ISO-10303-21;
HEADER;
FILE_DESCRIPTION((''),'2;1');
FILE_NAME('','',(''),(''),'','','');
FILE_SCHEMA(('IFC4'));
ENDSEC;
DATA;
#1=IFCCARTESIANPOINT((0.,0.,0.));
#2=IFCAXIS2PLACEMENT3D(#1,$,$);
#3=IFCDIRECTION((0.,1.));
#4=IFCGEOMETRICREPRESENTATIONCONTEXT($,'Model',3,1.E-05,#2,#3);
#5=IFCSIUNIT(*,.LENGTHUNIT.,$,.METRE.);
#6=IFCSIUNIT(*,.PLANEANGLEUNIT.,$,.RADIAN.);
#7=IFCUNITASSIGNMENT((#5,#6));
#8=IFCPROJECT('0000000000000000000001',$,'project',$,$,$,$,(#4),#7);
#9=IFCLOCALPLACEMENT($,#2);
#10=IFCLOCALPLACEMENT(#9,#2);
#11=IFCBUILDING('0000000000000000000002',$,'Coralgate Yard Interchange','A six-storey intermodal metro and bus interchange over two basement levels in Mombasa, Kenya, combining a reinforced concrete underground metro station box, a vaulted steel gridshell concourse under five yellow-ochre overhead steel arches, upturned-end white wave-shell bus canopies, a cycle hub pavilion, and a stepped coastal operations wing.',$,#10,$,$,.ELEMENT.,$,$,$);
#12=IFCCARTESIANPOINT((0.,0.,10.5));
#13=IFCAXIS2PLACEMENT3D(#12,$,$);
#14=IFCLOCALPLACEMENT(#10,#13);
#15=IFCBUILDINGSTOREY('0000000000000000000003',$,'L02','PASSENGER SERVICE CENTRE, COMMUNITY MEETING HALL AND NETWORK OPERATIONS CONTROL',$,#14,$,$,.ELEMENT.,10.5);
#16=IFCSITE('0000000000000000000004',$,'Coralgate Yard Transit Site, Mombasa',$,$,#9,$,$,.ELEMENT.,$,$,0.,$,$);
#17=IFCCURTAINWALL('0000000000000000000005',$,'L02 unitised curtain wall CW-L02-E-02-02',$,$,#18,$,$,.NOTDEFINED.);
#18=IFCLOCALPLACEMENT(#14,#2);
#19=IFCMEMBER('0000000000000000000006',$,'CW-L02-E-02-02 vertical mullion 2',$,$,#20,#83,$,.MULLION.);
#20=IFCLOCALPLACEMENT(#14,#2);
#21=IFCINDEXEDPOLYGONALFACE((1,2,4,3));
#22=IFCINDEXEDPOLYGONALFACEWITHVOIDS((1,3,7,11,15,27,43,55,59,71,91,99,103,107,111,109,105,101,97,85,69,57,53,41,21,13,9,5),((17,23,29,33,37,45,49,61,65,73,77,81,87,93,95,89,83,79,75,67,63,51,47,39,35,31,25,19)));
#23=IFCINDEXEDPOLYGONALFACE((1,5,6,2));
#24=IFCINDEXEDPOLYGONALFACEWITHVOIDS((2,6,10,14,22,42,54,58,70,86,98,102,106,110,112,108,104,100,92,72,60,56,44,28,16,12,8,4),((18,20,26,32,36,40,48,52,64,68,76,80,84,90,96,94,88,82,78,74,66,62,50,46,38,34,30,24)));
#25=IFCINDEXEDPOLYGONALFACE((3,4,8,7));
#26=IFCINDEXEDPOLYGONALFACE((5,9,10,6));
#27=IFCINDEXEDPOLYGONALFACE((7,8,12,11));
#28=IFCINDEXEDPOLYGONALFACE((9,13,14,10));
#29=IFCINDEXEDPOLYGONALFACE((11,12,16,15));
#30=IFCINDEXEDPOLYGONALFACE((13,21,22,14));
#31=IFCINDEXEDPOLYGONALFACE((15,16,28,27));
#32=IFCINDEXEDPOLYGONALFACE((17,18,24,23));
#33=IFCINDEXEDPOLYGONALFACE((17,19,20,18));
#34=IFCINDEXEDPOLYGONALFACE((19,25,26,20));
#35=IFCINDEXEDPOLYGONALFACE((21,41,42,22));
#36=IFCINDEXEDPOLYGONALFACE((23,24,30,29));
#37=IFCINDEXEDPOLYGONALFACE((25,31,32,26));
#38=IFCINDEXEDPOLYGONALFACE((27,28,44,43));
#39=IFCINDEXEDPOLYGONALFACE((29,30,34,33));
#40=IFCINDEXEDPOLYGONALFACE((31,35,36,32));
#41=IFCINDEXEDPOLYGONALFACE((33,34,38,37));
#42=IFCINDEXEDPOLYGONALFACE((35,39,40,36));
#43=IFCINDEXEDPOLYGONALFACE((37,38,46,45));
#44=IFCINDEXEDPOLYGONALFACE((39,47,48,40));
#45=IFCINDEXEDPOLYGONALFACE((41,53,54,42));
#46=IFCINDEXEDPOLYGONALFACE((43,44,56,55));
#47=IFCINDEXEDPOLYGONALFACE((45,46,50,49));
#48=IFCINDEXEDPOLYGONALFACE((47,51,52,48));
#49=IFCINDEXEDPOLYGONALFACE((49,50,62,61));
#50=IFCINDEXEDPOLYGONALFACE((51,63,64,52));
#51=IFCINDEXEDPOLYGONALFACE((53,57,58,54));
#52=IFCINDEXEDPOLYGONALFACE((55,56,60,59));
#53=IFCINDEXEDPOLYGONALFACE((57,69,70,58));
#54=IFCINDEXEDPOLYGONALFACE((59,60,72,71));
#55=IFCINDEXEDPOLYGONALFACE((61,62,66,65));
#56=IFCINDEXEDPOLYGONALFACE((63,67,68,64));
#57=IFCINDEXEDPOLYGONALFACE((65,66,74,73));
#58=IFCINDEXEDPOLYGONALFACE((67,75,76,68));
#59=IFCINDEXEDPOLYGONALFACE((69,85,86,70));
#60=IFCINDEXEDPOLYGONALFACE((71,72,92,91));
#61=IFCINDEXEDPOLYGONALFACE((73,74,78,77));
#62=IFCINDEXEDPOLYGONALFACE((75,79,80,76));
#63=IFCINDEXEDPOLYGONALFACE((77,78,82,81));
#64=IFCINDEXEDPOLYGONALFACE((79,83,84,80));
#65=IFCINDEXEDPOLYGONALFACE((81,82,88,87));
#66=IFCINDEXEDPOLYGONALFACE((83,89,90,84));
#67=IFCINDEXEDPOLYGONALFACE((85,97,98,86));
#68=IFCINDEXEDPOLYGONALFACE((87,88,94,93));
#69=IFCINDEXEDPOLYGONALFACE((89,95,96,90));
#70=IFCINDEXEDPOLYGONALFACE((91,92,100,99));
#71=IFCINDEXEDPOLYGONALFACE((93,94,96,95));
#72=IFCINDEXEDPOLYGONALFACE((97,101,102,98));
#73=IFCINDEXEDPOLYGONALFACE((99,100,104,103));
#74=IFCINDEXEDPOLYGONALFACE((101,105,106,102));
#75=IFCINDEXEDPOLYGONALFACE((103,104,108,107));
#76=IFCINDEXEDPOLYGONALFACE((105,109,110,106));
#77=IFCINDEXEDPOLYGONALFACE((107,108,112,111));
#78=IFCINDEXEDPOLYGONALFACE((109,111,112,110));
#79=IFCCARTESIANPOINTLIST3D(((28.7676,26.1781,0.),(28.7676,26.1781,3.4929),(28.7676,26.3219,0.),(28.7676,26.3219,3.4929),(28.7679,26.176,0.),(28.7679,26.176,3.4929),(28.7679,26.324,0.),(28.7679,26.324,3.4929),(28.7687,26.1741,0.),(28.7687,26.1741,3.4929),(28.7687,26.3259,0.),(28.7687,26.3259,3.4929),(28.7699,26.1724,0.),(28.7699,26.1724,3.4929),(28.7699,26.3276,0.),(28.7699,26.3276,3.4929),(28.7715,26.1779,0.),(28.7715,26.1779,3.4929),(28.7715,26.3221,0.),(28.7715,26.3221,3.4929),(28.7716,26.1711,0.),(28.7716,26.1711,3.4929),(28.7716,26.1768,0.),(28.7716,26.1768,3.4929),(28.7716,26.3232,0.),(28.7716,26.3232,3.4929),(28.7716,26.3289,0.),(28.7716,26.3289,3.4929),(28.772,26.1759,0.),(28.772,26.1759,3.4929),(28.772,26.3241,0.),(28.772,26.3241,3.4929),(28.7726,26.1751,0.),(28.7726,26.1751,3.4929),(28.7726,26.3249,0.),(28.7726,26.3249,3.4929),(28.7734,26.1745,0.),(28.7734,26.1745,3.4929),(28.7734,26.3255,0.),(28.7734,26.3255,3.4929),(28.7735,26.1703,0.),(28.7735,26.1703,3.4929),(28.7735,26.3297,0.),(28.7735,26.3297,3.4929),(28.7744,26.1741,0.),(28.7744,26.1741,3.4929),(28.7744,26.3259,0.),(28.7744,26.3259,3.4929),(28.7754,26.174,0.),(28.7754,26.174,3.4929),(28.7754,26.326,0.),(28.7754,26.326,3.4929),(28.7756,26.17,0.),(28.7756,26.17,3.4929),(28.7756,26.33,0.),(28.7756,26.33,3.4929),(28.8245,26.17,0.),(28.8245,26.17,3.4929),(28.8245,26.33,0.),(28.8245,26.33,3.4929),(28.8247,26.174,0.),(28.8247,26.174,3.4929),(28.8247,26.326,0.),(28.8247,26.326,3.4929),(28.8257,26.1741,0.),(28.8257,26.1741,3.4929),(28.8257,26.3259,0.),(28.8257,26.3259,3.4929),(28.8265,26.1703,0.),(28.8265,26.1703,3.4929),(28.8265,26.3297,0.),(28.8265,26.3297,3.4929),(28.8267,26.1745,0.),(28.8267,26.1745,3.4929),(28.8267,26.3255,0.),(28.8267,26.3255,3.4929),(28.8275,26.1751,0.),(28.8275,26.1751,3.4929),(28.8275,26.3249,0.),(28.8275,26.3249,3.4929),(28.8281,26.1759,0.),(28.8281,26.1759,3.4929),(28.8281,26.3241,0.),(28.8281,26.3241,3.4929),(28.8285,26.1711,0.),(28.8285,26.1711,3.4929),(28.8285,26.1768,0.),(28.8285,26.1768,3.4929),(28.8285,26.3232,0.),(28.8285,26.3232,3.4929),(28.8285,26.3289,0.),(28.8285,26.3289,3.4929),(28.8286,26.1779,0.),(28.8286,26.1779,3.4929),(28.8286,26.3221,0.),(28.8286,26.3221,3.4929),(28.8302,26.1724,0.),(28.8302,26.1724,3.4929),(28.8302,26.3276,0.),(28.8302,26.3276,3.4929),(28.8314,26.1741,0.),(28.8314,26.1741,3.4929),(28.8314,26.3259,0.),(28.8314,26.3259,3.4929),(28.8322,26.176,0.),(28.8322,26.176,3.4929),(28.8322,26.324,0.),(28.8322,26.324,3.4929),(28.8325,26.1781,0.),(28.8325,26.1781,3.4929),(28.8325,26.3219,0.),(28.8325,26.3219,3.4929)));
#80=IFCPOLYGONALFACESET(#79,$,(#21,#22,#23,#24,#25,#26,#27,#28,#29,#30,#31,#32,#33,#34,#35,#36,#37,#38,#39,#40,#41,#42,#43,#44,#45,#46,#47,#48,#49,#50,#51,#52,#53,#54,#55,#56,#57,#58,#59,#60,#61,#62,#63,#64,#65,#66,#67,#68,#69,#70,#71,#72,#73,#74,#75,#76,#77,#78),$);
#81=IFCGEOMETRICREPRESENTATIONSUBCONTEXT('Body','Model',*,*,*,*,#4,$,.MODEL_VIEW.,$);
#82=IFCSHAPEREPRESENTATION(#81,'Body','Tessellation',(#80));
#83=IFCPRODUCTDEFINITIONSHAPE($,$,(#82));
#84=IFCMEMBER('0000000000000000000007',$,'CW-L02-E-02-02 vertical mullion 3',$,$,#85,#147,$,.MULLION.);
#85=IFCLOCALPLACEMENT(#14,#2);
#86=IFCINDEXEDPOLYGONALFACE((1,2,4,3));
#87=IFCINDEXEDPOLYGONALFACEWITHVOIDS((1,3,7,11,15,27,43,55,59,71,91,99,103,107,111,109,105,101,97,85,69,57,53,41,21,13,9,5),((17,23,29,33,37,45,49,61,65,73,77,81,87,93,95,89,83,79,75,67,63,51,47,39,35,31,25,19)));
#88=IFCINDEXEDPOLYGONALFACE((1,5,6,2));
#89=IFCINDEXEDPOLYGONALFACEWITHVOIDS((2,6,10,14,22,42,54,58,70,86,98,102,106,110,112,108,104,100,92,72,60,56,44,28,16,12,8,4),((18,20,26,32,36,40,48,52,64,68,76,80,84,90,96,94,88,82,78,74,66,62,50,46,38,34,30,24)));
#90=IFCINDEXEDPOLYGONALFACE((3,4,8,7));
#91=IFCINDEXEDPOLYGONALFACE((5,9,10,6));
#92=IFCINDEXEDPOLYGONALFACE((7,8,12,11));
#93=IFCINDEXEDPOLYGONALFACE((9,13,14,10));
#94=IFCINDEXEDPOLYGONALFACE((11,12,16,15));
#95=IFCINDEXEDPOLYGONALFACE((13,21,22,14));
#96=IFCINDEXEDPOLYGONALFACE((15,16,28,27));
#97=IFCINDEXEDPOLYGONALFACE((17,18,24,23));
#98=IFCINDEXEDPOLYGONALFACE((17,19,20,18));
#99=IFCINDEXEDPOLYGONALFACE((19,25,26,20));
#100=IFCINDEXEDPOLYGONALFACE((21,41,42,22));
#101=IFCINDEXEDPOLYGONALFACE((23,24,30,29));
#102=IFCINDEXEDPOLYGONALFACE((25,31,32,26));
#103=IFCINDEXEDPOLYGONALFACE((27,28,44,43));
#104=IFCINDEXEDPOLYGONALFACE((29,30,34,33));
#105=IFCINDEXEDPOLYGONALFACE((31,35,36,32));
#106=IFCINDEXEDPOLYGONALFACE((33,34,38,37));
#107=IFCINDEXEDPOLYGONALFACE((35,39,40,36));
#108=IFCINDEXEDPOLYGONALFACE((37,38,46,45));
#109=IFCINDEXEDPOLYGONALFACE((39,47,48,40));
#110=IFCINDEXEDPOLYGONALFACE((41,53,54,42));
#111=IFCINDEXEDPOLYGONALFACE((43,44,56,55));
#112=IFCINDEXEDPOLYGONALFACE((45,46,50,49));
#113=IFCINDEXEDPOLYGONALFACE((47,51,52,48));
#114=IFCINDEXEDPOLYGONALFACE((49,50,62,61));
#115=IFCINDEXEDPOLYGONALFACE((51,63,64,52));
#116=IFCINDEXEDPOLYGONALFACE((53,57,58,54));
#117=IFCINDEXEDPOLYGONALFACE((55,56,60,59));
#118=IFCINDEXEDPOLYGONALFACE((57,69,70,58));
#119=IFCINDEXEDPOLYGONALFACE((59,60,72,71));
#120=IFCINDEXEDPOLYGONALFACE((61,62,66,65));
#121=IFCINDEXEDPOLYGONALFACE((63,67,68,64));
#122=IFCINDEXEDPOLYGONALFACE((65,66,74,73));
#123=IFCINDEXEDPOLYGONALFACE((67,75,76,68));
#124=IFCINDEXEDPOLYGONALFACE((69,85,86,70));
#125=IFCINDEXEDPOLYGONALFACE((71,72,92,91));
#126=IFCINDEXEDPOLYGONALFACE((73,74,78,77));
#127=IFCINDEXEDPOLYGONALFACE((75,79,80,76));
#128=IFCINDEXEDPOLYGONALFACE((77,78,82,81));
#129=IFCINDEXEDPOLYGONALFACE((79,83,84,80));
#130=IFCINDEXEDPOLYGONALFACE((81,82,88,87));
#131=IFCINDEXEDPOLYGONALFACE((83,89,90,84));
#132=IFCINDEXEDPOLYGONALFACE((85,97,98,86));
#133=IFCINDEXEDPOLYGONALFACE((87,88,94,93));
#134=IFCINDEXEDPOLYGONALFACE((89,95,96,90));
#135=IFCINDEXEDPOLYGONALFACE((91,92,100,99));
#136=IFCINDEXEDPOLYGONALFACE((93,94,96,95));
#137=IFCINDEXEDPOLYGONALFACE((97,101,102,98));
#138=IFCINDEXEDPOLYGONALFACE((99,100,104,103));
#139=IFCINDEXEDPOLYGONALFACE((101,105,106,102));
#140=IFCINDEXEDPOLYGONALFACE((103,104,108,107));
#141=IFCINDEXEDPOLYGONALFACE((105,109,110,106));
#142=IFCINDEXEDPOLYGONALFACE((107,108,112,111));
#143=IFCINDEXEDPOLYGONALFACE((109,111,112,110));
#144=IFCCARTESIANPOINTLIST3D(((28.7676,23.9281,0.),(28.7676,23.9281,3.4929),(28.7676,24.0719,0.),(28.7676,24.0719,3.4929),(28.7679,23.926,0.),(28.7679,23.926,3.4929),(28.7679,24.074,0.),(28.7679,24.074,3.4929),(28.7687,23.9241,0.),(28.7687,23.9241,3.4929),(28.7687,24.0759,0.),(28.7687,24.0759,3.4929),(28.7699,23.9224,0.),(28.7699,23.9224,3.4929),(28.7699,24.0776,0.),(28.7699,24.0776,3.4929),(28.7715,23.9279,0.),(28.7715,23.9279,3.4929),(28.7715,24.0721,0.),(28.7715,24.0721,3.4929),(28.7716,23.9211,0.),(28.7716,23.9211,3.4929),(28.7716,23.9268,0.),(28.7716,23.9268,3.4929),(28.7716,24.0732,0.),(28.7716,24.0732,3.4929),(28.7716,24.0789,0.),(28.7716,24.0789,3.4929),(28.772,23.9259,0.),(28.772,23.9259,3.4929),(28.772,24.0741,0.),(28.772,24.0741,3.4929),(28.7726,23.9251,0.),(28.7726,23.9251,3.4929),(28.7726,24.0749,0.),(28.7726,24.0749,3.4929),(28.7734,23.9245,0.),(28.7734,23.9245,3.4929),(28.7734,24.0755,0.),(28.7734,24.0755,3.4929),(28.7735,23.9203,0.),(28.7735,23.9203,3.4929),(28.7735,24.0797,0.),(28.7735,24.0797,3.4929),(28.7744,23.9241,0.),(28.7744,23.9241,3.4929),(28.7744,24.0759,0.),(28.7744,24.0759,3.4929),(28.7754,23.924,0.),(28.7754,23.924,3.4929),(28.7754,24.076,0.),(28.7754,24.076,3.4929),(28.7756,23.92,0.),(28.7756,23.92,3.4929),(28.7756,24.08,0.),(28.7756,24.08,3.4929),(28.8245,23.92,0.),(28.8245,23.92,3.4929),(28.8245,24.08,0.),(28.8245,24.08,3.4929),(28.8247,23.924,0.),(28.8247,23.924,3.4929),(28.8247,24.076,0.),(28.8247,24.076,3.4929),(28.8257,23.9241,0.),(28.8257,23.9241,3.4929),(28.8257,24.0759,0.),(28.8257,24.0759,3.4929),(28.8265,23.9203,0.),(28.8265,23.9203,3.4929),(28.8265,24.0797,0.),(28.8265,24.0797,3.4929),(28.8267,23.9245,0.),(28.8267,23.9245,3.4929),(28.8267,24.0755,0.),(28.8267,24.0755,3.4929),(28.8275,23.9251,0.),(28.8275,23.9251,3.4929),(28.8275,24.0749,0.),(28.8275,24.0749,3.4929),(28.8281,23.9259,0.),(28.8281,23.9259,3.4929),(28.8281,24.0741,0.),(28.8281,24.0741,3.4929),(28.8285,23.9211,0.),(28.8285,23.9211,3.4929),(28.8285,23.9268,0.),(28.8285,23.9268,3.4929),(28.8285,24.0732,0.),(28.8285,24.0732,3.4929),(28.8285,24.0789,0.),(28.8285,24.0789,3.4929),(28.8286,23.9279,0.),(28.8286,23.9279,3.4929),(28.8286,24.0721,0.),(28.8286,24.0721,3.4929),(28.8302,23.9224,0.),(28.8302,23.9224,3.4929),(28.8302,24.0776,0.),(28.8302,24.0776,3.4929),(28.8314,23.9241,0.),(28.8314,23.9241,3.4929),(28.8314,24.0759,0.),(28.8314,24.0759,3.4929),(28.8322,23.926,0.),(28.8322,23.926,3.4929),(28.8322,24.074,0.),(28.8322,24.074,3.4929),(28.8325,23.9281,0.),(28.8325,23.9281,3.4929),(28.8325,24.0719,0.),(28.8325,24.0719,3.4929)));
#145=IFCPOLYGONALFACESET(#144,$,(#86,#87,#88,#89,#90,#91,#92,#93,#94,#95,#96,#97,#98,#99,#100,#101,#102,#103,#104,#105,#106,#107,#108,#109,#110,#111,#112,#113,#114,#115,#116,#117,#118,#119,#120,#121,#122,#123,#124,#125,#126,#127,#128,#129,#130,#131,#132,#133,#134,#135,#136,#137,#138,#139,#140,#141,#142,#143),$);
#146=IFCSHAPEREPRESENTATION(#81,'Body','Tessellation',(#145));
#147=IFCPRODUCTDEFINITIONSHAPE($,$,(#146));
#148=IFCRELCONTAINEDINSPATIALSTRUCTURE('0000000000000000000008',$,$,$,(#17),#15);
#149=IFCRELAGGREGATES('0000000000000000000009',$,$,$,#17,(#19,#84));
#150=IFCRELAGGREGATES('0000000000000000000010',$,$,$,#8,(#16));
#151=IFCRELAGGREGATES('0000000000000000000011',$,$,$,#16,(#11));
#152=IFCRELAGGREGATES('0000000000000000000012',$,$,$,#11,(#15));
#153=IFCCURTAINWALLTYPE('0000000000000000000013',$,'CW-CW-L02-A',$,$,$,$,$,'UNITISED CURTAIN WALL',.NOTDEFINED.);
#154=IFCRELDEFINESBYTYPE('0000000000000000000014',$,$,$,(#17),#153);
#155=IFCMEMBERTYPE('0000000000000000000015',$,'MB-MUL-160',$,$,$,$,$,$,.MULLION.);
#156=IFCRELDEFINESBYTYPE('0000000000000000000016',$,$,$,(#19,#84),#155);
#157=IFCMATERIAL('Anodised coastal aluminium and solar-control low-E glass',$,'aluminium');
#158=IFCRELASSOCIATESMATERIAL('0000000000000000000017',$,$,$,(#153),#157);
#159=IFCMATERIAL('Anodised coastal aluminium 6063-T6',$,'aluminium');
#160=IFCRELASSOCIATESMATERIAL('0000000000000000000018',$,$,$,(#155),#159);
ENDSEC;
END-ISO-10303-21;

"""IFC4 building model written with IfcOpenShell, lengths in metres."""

from ifc_helpers import new_model, si_unit, direction, frame, origin, origin_2d, place, context, subcontext, project, spatial, hollow_rectangle, extrude, material, material_profile, profile_set, type_object, element, aggregate, save


model = new_model("IFC4")

# Units and contexts
model_context = context("Model", 3, precision=1e-05, world=origin(), true_north=direction((0.0, 1.0)))
body_context = subcontext(model_context, "Body", "Model", "MODEL_VIEW")
ifc_project = project(units=[si_unit("LENGTHUNIT", "METRE"), si_unit("PLANEANGLEUNIT", "RADIAN")], contexts=[model_context])

# Site, building, storey
site_placement = place(None, origin())
site = spatial("IfcSite", under=ifc_project, at=site_placement, Name="Coralgate Yard Transit Site, Mombasa", CompositionType="ELEMENT", RefElevation=0.0)
building_placement = place(site_placement, origin())
building = spatial("IfcBuilding", under=site, at=building_placement, Name="Coralgate Yard Interchange", Description="A six-storey intermodal metro and bus interchange over two basement levels in Mombasa, Kenya, combining a reinforced concrete underground metro station box, a vaulted steel gridshell concourse under five yellow-ochre overhead steel arches, upturned-end white wave-shell bus canopies, a cycle hub pavilion, and a stepped coastal operations wing.", CompositionType="ELEMENT")
storey_placement = place(building_placement, frame((0.0, 0.0, 10.5)))
storey = spatial("IfcBuildingStorey", under=building, at=storey_placement, Name="L02", Description="PASSENGER SERVICE CENTRE, COMMUNITY MEETING HALL AND NETWORK OPERATIONS CONTROL", CompositionType="ELEMENT", Elevation=10.5)

# Curtain wall, members
ifc_material_1 = material(Name="Anodised coastal aluminium and solar-control low-E glass", Category="aluminium")
curtain_wall_type = type_object("IfcCurtainWallType", Name="CW-CW-L02-A", ElementType="UNITISED CURTAIN WALL", PredefinedType="NOTDEFINED", material=ifc_material_1)
curtain_wall_placement = place(storey_placement, origin())
curtain_wall = element("IfcCurtainWall", 1, at=curtain_wall_placement, inside=storey, type_object=curtain_wall_type, Name="L02 unitised curtain wall CW-L02-E-02-02", PredefinedType="NOTDEFINED")
ifc_material_2 = material(Name="Anodised coastal aluminium 6063-T6", Category="aluminium")
ifc_material_profile_1 = material_profile(ifc_material_2, hollow_rectangle(XDim=0.0649, YDim=0.1599, WallThickness=0.0039, InnerFilletRadius=0.0039, OuterFilletRadius=0.0081, at=origin_2d()), Name="ALU 65x160x4")
ifc_profile_set_1 = profile_set([ifc_material_profile_1], Name="Anodised coastal aluminium 6063-T6")
member_type_1 = type_object("IfcMemberType", Name="MB-MUL-160", PredefinedType="MULLION", material=ifc_profile_set_1)
member_1_placement = place(storey_placement, frame((28.8, 26.25, 0.0), z_axis=(0.0, 0.0, 1.0), x_axis=(1.0, 0.0, 0.0)))
member_1 = element("IfcMember", 2, at=member_1_placement, type_object=member_type_1, Name="CW-L02-E-02-02 vertical mullion 2", PredefinedType="MULLION", context=body_context, shape_type="SweptSolid", body=[
    extrude(hollow_rectangle(XDim=0.0649, YDim=0.1599, WallThickness=0.0039, InnerFilletRadius=0.0039, OuterFilletRadius=0.0081, at=origin_2d()), origin(), (0.0, 0.0, 1.0), 3.4929),
])
member_2_placement = place(storey_placement, frame((28.8, 24.0, 0.0), z_axis=(0.0, 0.0, 1.0), x_axis=(1.0, 0.0, 0.0)))
member_2 = element("IfcMember", 3, at=member_2_placement, type_object=member_type_1, Name="CW-L02-E-02-02 vertical mullion 3", PredefinedType="MULLION", context=body_context, shape_type="SweptSolid", body=[
    extrude(hollow_rectangle(XDim=0.0649, YDim=0.1599, WallThickness=0.0039, InnerFilletRadius=0.0039, OuterFilletRadius=0.0081, at=origin_2d()), origin(), (0.0, 0.0, 1.0), 3.4929),
])
aggregate(curtain_wall, [member_1, member_2])

save(model, "model.ifc")
